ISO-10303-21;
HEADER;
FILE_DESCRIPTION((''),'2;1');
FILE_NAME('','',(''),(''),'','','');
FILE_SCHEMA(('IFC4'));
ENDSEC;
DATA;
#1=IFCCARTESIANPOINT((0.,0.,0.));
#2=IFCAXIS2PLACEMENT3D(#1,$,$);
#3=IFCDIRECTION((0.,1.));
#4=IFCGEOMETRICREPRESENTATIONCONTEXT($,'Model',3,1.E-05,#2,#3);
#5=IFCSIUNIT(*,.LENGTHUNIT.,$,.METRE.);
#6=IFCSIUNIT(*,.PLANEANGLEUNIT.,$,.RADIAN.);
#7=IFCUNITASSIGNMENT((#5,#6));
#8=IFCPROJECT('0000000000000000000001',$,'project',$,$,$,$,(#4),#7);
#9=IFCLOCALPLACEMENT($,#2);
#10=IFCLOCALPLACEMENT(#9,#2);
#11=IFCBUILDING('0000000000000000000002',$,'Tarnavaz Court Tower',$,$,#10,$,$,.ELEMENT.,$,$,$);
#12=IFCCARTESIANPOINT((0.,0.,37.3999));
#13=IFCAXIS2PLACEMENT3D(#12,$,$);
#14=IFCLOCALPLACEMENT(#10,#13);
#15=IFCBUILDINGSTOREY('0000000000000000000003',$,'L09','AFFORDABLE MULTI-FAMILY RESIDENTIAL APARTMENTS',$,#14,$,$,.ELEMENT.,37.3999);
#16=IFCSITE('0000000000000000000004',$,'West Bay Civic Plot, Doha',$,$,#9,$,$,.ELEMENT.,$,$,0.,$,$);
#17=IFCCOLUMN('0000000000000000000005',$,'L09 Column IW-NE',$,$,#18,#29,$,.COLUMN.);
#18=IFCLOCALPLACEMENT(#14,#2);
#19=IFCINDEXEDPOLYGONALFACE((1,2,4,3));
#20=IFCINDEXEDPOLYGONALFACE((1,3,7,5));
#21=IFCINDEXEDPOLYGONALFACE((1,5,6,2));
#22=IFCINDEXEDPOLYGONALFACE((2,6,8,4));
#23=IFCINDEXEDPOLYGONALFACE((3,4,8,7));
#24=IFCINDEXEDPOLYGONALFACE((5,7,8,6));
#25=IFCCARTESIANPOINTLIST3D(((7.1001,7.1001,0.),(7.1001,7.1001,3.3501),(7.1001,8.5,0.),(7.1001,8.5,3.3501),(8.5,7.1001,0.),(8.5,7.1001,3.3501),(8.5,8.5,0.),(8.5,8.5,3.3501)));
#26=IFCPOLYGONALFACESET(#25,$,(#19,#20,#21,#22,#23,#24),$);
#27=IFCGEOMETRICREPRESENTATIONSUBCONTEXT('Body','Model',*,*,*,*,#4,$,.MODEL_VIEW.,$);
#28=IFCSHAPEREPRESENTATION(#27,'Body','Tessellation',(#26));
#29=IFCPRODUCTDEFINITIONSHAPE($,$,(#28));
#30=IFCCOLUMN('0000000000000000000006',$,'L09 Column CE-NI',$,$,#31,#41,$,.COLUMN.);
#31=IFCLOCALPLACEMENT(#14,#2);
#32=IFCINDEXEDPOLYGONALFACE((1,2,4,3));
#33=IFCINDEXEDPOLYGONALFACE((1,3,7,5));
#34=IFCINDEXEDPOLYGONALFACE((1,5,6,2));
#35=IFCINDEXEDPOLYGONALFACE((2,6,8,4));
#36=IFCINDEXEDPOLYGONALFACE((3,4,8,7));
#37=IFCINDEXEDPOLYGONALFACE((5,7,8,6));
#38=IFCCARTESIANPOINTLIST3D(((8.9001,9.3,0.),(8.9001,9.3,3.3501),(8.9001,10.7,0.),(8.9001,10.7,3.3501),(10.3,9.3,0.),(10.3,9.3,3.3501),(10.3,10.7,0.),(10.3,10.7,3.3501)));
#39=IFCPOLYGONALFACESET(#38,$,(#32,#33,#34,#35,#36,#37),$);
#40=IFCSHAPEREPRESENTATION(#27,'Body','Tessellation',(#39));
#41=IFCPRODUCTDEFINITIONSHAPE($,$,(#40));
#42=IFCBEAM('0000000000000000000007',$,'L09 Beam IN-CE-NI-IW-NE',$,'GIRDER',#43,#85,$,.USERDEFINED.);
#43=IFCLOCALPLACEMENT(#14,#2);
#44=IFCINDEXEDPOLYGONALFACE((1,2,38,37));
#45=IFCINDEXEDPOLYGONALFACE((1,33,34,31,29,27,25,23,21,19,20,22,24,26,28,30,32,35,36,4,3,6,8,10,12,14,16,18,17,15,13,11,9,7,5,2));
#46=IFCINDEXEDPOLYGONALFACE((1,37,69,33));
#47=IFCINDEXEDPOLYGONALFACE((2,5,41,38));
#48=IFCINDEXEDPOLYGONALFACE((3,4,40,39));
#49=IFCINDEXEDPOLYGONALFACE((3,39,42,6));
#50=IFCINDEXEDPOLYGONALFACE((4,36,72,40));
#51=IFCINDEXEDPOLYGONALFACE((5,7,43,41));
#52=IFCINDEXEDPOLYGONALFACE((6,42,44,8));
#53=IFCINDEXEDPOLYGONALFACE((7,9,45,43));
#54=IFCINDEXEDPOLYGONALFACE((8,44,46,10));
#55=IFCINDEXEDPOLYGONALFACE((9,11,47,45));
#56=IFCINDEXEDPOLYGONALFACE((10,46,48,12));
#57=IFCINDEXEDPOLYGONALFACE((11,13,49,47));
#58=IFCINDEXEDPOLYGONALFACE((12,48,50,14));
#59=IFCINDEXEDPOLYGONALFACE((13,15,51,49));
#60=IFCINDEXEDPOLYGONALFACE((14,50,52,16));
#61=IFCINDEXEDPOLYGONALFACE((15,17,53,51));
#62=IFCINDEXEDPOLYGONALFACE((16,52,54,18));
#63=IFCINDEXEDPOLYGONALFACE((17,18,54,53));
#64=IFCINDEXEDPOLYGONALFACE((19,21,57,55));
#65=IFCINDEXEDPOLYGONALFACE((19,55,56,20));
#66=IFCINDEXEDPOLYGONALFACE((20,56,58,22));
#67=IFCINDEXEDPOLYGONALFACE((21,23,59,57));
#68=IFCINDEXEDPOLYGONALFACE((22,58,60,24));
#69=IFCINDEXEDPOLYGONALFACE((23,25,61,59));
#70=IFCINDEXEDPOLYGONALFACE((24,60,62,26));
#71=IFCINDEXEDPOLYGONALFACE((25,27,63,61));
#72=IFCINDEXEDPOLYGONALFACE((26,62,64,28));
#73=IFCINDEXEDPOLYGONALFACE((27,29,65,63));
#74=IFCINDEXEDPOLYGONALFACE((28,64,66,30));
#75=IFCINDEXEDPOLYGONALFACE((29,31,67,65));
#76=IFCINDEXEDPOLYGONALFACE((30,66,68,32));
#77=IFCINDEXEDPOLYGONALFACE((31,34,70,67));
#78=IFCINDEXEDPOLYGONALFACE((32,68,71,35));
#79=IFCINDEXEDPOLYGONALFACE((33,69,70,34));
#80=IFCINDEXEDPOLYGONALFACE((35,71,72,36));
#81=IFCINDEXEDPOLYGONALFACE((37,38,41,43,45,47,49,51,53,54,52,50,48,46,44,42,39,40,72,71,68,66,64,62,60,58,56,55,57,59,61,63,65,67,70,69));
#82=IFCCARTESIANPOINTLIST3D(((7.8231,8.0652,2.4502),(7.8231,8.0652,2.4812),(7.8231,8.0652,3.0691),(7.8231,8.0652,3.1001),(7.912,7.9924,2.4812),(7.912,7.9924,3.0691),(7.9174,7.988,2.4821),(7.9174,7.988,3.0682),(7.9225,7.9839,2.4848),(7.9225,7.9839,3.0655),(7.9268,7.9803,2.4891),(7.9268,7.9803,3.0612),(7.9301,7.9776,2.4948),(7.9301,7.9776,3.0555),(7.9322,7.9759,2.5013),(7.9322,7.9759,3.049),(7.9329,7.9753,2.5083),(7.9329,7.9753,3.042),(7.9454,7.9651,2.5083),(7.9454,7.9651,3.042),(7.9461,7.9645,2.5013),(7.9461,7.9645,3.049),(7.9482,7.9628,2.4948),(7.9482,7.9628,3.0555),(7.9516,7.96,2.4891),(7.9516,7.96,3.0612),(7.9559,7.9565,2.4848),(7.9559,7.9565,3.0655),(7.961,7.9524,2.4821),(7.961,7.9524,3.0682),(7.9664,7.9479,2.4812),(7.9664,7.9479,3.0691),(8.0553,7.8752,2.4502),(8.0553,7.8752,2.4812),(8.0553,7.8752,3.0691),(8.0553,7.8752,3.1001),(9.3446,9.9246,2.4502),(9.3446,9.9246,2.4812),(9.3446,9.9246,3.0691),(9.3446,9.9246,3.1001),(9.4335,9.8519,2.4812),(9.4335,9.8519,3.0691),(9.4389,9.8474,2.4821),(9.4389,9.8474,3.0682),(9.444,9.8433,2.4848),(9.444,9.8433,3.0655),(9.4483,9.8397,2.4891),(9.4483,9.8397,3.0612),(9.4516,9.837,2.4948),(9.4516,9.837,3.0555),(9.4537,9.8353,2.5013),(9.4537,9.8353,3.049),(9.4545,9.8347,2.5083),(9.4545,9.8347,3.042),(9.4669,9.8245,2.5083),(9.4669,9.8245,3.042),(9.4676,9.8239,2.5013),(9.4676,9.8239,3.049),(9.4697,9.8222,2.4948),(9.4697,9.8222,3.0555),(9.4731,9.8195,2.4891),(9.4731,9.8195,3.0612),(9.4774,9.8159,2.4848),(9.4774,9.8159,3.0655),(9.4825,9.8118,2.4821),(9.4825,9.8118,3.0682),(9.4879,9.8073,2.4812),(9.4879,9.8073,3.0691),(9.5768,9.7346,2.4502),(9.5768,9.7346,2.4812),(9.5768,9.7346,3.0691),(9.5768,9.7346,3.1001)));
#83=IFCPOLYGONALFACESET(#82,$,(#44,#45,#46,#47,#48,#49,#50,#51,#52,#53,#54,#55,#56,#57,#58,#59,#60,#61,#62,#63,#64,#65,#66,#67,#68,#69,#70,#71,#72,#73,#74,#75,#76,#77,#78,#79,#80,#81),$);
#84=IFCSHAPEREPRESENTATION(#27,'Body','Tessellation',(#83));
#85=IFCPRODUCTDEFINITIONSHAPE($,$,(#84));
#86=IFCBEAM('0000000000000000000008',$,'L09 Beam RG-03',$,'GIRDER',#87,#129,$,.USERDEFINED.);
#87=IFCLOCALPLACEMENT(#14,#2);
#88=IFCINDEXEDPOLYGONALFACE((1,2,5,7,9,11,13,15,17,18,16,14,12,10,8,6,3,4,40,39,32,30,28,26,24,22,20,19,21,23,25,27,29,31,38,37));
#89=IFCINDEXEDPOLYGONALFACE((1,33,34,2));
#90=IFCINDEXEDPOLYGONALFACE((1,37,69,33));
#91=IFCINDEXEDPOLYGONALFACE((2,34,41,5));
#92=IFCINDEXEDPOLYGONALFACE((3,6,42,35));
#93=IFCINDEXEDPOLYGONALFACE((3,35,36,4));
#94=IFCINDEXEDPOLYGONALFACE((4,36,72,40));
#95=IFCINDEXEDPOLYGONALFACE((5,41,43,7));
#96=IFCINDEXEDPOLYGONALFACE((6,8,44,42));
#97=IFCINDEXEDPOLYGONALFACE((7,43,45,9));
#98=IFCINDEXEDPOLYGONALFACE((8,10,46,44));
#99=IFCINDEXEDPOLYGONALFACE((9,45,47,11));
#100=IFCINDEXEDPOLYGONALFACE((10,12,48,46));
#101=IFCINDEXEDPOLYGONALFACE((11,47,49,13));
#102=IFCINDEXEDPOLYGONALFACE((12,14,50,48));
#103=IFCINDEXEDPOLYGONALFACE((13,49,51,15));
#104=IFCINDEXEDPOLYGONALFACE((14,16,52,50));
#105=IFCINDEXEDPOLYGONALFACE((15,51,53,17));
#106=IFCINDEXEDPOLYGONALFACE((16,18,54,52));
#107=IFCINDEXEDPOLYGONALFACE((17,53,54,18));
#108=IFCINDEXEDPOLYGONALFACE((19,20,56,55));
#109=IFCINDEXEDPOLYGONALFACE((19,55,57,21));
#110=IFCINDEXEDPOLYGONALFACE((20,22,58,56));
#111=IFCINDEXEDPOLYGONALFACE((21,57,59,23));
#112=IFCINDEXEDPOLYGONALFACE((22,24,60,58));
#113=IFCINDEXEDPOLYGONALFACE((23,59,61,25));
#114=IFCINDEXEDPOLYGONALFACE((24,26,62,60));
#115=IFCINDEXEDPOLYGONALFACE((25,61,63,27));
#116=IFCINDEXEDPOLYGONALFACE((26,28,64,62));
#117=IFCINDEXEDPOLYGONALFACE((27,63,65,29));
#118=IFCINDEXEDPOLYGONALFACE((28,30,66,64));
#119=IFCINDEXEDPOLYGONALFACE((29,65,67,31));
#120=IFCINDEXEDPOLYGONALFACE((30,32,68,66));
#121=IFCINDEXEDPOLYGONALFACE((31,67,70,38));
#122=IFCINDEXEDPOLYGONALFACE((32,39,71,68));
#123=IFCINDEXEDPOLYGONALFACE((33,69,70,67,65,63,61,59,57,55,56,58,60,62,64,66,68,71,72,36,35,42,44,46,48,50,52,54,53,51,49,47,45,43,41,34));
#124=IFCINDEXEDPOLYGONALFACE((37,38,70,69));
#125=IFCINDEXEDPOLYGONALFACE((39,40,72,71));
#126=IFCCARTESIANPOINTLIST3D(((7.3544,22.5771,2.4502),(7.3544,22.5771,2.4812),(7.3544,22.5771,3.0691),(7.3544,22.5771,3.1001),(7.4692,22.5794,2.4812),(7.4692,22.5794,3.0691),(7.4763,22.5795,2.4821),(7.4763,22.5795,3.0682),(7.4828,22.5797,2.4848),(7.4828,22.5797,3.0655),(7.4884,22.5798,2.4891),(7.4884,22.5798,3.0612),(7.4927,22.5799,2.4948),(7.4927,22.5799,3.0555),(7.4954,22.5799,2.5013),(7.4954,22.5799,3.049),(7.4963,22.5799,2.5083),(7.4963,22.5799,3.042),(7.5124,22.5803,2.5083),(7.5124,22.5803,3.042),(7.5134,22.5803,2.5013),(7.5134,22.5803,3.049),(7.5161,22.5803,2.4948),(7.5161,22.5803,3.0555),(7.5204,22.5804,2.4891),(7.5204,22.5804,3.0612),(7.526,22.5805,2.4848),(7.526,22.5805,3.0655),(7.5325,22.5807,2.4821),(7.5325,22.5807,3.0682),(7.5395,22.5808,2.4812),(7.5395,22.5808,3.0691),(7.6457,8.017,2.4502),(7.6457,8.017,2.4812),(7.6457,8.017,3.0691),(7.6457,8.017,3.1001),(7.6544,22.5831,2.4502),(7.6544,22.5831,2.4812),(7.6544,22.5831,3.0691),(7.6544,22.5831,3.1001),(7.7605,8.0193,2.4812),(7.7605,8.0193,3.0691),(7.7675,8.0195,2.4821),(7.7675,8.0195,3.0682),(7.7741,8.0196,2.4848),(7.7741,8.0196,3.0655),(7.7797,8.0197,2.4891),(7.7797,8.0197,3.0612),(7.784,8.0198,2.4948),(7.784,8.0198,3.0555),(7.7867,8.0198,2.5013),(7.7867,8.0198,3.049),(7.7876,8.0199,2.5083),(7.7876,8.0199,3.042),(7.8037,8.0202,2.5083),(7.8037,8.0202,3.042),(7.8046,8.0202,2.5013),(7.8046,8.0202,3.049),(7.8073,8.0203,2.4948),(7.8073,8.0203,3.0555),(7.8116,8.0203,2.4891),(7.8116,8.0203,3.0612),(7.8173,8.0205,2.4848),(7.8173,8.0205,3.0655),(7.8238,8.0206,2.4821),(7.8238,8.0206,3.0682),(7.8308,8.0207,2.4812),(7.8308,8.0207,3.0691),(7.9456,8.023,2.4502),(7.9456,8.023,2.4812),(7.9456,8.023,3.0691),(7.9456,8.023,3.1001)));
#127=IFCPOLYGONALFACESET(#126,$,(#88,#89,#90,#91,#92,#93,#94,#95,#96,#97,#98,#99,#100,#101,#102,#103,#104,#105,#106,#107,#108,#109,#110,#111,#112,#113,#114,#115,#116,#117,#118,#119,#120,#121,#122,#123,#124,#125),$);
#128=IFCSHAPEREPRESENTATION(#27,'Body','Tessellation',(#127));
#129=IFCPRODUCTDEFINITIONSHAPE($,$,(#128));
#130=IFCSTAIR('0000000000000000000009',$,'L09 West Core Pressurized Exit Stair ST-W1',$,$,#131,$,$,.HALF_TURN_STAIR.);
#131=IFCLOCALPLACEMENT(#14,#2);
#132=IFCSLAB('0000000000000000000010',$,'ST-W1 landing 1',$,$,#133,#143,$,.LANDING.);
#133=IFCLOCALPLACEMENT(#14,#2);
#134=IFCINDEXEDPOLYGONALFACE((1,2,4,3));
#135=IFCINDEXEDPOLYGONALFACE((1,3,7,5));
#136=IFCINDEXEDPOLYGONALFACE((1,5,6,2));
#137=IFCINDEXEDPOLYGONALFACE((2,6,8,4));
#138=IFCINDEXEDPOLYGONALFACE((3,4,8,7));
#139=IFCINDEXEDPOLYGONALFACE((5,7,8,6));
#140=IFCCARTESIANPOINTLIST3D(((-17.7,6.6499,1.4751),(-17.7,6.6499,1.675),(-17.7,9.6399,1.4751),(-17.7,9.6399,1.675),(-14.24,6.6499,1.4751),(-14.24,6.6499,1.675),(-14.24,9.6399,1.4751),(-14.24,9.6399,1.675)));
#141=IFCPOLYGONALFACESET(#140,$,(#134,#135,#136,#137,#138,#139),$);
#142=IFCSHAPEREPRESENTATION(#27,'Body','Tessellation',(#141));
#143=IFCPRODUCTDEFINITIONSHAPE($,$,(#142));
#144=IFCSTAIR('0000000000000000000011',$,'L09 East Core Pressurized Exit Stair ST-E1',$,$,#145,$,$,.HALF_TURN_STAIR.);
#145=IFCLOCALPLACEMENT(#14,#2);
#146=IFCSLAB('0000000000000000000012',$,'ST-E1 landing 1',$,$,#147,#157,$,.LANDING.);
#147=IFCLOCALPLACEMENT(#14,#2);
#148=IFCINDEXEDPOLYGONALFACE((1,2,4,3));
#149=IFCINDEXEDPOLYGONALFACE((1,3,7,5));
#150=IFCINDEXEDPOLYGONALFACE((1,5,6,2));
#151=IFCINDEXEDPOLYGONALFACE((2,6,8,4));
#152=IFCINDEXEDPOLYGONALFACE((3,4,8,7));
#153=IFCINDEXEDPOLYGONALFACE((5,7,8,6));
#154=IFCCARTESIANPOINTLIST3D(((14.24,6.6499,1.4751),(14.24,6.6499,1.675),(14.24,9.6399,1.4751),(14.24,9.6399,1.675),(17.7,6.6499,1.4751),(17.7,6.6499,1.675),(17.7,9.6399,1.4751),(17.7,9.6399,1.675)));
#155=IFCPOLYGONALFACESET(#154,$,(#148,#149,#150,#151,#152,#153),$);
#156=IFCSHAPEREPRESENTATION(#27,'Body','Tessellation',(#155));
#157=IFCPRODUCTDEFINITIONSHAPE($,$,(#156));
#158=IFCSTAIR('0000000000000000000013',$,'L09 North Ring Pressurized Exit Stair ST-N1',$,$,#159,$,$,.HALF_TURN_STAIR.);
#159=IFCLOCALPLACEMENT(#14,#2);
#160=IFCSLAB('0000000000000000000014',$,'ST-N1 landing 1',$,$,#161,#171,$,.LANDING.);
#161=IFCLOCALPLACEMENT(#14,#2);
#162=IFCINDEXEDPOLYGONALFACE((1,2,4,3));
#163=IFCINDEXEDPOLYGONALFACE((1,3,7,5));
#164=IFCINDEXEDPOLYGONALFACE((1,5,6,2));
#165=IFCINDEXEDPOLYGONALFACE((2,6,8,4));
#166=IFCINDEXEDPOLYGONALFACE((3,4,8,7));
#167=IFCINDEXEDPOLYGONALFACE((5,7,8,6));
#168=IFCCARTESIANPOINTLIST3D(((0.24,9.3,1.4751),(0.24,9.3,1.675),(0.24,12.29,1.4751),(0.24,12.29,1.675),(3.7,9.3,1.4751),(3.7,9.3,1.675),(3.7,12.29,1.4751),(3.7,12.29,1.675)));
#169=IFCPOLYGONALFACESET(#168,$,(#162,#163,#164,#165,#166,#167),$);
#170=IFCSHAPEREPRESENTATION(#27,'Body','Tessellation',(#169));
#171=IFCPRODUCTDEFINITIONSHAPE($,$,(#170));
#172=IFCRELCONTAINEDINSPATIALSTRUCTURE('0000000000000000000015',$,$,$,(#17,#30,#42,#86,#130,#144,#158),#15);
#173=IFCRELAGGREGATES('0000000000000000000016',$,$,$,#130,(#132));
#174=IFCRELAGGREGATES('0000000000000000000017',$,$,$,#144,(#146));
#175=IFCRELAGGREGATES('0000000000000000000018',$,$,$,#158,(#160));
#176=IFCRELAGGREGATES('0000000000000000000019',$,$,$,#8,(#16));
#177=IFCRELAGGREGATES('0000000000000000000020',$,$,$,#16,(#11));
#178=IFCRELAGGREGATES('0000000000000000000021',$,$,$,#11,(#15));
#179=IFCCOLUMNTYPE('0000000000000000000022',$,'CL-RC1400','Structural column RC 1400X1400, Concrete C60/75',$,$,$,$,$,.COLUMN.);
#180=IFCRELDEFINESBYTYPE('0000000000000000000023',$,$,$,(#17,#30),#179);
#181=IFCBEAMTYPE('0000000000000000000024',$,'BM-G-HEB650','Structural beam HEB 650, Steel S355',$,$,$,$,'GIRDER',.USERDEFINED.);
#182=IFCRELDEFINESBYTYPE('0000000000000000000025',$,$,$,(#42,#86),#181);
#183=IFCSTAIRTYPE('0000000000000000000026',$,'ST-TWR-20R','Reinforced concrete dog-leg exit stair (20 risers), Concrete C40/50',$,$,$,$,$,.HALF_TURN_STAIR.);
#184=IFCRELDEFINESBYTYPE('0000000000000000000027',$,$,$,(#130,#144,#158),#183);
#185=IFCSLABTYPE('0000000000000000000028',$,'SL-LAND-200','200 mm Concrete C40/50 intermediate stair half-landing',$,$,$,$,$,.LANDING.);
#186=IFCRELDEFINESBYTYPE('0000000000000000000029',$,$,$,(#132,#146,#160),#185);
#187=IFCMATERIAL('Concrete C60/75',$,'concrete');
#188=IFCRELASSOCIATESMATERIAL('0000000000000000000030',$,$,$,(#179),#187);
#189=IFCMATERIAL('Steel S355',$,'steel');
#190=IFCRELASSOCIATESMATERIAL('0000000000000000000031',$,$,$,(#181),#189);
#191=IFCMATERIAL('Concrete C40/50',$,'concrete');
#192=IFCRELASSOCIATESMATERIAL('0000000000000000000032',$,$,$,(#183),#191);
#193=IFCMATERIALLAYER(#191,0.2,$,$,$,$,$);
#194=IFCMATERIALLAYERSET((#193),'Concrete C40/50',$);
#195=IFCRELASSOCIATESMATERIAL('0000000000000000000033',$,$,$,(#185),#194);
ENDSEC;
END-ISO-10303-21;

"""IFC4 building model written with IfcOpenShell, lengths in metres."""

from ifc_helpers import new_model, si_unit, direction, frame, origin, origin_2d, place, context, subcontext, project, spatial, polyline, rectangle, i_section, outline, extrude, material, layer, layer_set, material_profile, profile_set, type_object, element, aggregate, save


model = new_model("IFC4")

# Units and contexts
model_context = context("Model", 3, precision=1e-05, world=origin(), true_north=direction((0.0, 1.0)))
body_context = subcontext(model_context, "Body", "Model", "MODEL_VIEW")
ifc_project = project(units=[si_unit("LENGTHUNIT", "METRE"), si_unit("PLANEANGLEUNIT", "RADIAN")], contexts=[model_context])

# Site, building, storey
site_placement = place(None, origin())
site = spatial("IfcSite", under=ifc_project, at=site_placement, Name="West Bay Civic Plot, Doha", CompositionType="ELEMENT", RefElevation=0.0)
building_placement = place(site_placement, origin())
building = spatial("IfcBuilding", under=site, at=building_placement, Name="Tarnavaz Court Tower", CompositionType="ELEMENT")
storey_placement = place(building_placement, frame((0.0, 0.0, 37.3999)))
storey = spatial("IfcBuildingStorey", under=building, at=storey_placement, Name="L09", Description="AFFORDABLE MULTI-FAMILY RESIDENTIAL APARTMENTS", CompositionType="ELEMENT", Elevation=37.3999)

# Columns
ifc_material_1 = material(Name="Concrete C60/75", Category="concrete")
ifc_material_profile_1 = material_profile(ifc_material_1, rectangle(XDim=1.3999, YDim=1.3999, at=origin_2d()), Name="RC 1400X1400")
ifc_profile_set_1 = profile_set([ifc_material_profile_1], Name="Concrete C60/75")
column_type = type_object("IfcColumnType", Name="CL-RC1400", Description="Structural column RC 1400X1400, Concrete C60/75", PredefinedType="COLUMN", material=ifc_profile_set_1)
for number, where, z_axis, x_axis, name in (
    (1, (7.8, 7.8, 0.0), (0.0, 0.0, 1.0), (1.0, 0.0, 0.0), "L09 Column IW-NE"),
    (2, (9.6001, 10.0, 0.0), (0.0, 0.0, 1.0), (1.0, 0.0, 0.0), "L09 Column CE-NI"),
):
    element("IfcColumn", number, at=place(storey_placement, frame(where, z_axis=z_axis, x_axis=x_axis)), inside=storey, type_object=column_type, Name=name, PredefinedType="COLUMN", context=body_context, shape_type="SweptSolid", body=[
        extrude(rectangle(XDim=1.3999, YDim=1.3999, at=origin_2d()), origin(), (0.0, 0.0, 1.0), 3.3501),
    ])

# Beams
ifc_material_2 = material(Name="Steel S355", Category="steel")
ifc_material_profile_2 = material_profile(ifc_material_2, i_section(OverallWidth=0.3, OverallDepth=0.6499, WebThickness=0.0161, FlangeThickness=0.031, FilletRadius=0.0271, at=origin_2d()), Name="HEB 650")
ifc_profile_set_2 = profile_set([ifc_material_profile_2], Name="Steel S355")
beam_type = type_object("IfcBeamType", Name="BM-G-HEB650", Description="Structural beam HEB 650, Steel S355", ElementType="GIRDER", PredefinedType="USERDEFINED", material=ifc_profile_set_2)
beam_1_placement = place(storey_placement, frame((9.4607, 9.8296, 2.7751), z_axis=(-0.633282, -0.773921, 0.0), x_axis=(0.773921, -0.633282, 0.0)))
element("IfcBeam", 3, at=beam_1_placement, inside=storey, type_object=beam_type, Name="L09 Beam IN-CE-NI-IW-NE", ObjectType="GIRDER", PredefinedType="USERDEFINED", context=body_context, shape_type="SweptSolid", body=[
    extrude(i_section(OverallWidth=0.3, OverallDepth=0.6499, WebThickness=0.0161, FlangeThickness=0.031, FilletRadius=0.0271, at=origin_2d()), origin(), (0.0, 0.0, 1.0), 2.4026),
])
beam_2_placement = place(storey_placement, frame((7.7957, 8.02, 2.7751), z_axis=(-0.02, 0.9998, 0.0), x_axis=(-0.9998, -0.02, 0.0)))
element("IfcBeam", 4, at=beam_2_placement, inside=storey, type_object=beam_type, Name="L09 Beam RG-03", ObjectType="GIRDER", PredefinedType="USERDEFINED", context=body_context, shape_type="SweptSolid", body=[
    extrude(i_section(OverallWidth=0.3, OverallDepth=0.6499, WebThickness=0.0161, FlangeThickness=0.031, FilletRadius=0.0271, at=origin_2d()), origin(), (0.0, 0.0, 1.0), 14.563),
])

# Stairs, slabs
ifc_material_3 = material(Name="Concrete C40/50", Category="concrete")
stair_type = type_object("IfcStairType", Name="ST-TWR-20R", Description="Reinforced concrete dog-leg exit stair (20 risers), Concrete C40/50", PredefinedType="HALF_TURN_STAIR", material=ifc_material_3)
stair_1_placement = place(storey_placement, origin())
stair_1 = element("IfcStair", 5, at=stair_1_placement, inside=storey, type_object=stair_type, Name="L09 West Core Pressurized Exit Stair ST-W1", PredefinedType="HALF_TURN_STAIR")
ifc_layer_1 = layer(ifc_material_3, 0.2)
ifc_layer_set_1 = layer_set([ifc_layer_1], Name="Concrete C40/50")
slab_type_1 = type_object("IfcSlabType", Name="SL-LAND-200", Description="200 mm Concrete C40/50 intermediate stair half-landing", PredefinedType="LANDING", material=ifc_layer_set_1)
slab_1_placement = place(storey_placement, frame((0.0, 0.0, 1.4751)))
slab_1 = element("IfcSlab", 6, at=slab_1_placement, type_object=slab_type_1, Name="ST-W1 landing 1", PredefinedType="LANDING", context=body_context, shape_type="SweptSolid", body=[
    extrude(outline(polyline([(-14.24, 9.6399), (-17.7, 9.6399), (-17.7, 6.6499), (-14.24, 6.6499), (-14.24, 9.6399)])), origin(), (0.0, 0.0, 1.0), 0.2),
])
aggregate(stair_1, [slab_1])
stair_2_placement = place(storey_placement, origin())
stair_2 = element("IfcStair", 7, at=stair_2_placement, inside=storey, type_object=stair_type, Name="L09 East Core Pressurized Exit Stair ST-E1", PredefinedType="HALF_TURN_STAIR")
slab_2_placement = place(storey_placement, frame((0.0, 0.0, 1.4751)))
slab_2 = element("IfcSlab", 8, at=slab_2_placement, type_object=slab_type_1, Name="ST-E1 landing 1", PredefinedType="LANDING", context=body_context, shape_type="SweptSolid", body=[
    extrude(outline(polyline([(14.24, 6.6499), (17.7, 6.6499), (17.7, 9.6399), (14.24, 9.6399), (14.24, 6.6499)])), origin(), (0.0, 0.0, 1.0), 0.2),
])
aggregate(stair_2, [slab_2])
stair_3_placement = place(storey_placement, origin())
stair_3 = element("IfcStair", 9, at=stair_3_placement, inside=storey, type_object=stair_type, Name="L09 North Ring Pressurized Exit Stair ST-N1", PredefinedType="HALF_TURN_STAIR")
slab_3_placement = place(storey_placement, frame((0.0, 0.0, 1.4751)))
slab_3 = element("IfcSlab", 10, at=slab_3_placement, type_object=slab_type_1, Name="ST-N1 landing 1", PredefinedType="LANDING", context=body_context, shape_type="SweptSolid", body=[
    extrude(outline(polyline([(0.24, 9.3), (3.7, 9.3), (3.7, 12.29), (0.24, 12.29), (0.24, 9.3)])), origin(), (0.0, 0.0, 1.0), 0.2),
])

aggregate(stair_3, [slab_3])

save(model, "model.ifc")
